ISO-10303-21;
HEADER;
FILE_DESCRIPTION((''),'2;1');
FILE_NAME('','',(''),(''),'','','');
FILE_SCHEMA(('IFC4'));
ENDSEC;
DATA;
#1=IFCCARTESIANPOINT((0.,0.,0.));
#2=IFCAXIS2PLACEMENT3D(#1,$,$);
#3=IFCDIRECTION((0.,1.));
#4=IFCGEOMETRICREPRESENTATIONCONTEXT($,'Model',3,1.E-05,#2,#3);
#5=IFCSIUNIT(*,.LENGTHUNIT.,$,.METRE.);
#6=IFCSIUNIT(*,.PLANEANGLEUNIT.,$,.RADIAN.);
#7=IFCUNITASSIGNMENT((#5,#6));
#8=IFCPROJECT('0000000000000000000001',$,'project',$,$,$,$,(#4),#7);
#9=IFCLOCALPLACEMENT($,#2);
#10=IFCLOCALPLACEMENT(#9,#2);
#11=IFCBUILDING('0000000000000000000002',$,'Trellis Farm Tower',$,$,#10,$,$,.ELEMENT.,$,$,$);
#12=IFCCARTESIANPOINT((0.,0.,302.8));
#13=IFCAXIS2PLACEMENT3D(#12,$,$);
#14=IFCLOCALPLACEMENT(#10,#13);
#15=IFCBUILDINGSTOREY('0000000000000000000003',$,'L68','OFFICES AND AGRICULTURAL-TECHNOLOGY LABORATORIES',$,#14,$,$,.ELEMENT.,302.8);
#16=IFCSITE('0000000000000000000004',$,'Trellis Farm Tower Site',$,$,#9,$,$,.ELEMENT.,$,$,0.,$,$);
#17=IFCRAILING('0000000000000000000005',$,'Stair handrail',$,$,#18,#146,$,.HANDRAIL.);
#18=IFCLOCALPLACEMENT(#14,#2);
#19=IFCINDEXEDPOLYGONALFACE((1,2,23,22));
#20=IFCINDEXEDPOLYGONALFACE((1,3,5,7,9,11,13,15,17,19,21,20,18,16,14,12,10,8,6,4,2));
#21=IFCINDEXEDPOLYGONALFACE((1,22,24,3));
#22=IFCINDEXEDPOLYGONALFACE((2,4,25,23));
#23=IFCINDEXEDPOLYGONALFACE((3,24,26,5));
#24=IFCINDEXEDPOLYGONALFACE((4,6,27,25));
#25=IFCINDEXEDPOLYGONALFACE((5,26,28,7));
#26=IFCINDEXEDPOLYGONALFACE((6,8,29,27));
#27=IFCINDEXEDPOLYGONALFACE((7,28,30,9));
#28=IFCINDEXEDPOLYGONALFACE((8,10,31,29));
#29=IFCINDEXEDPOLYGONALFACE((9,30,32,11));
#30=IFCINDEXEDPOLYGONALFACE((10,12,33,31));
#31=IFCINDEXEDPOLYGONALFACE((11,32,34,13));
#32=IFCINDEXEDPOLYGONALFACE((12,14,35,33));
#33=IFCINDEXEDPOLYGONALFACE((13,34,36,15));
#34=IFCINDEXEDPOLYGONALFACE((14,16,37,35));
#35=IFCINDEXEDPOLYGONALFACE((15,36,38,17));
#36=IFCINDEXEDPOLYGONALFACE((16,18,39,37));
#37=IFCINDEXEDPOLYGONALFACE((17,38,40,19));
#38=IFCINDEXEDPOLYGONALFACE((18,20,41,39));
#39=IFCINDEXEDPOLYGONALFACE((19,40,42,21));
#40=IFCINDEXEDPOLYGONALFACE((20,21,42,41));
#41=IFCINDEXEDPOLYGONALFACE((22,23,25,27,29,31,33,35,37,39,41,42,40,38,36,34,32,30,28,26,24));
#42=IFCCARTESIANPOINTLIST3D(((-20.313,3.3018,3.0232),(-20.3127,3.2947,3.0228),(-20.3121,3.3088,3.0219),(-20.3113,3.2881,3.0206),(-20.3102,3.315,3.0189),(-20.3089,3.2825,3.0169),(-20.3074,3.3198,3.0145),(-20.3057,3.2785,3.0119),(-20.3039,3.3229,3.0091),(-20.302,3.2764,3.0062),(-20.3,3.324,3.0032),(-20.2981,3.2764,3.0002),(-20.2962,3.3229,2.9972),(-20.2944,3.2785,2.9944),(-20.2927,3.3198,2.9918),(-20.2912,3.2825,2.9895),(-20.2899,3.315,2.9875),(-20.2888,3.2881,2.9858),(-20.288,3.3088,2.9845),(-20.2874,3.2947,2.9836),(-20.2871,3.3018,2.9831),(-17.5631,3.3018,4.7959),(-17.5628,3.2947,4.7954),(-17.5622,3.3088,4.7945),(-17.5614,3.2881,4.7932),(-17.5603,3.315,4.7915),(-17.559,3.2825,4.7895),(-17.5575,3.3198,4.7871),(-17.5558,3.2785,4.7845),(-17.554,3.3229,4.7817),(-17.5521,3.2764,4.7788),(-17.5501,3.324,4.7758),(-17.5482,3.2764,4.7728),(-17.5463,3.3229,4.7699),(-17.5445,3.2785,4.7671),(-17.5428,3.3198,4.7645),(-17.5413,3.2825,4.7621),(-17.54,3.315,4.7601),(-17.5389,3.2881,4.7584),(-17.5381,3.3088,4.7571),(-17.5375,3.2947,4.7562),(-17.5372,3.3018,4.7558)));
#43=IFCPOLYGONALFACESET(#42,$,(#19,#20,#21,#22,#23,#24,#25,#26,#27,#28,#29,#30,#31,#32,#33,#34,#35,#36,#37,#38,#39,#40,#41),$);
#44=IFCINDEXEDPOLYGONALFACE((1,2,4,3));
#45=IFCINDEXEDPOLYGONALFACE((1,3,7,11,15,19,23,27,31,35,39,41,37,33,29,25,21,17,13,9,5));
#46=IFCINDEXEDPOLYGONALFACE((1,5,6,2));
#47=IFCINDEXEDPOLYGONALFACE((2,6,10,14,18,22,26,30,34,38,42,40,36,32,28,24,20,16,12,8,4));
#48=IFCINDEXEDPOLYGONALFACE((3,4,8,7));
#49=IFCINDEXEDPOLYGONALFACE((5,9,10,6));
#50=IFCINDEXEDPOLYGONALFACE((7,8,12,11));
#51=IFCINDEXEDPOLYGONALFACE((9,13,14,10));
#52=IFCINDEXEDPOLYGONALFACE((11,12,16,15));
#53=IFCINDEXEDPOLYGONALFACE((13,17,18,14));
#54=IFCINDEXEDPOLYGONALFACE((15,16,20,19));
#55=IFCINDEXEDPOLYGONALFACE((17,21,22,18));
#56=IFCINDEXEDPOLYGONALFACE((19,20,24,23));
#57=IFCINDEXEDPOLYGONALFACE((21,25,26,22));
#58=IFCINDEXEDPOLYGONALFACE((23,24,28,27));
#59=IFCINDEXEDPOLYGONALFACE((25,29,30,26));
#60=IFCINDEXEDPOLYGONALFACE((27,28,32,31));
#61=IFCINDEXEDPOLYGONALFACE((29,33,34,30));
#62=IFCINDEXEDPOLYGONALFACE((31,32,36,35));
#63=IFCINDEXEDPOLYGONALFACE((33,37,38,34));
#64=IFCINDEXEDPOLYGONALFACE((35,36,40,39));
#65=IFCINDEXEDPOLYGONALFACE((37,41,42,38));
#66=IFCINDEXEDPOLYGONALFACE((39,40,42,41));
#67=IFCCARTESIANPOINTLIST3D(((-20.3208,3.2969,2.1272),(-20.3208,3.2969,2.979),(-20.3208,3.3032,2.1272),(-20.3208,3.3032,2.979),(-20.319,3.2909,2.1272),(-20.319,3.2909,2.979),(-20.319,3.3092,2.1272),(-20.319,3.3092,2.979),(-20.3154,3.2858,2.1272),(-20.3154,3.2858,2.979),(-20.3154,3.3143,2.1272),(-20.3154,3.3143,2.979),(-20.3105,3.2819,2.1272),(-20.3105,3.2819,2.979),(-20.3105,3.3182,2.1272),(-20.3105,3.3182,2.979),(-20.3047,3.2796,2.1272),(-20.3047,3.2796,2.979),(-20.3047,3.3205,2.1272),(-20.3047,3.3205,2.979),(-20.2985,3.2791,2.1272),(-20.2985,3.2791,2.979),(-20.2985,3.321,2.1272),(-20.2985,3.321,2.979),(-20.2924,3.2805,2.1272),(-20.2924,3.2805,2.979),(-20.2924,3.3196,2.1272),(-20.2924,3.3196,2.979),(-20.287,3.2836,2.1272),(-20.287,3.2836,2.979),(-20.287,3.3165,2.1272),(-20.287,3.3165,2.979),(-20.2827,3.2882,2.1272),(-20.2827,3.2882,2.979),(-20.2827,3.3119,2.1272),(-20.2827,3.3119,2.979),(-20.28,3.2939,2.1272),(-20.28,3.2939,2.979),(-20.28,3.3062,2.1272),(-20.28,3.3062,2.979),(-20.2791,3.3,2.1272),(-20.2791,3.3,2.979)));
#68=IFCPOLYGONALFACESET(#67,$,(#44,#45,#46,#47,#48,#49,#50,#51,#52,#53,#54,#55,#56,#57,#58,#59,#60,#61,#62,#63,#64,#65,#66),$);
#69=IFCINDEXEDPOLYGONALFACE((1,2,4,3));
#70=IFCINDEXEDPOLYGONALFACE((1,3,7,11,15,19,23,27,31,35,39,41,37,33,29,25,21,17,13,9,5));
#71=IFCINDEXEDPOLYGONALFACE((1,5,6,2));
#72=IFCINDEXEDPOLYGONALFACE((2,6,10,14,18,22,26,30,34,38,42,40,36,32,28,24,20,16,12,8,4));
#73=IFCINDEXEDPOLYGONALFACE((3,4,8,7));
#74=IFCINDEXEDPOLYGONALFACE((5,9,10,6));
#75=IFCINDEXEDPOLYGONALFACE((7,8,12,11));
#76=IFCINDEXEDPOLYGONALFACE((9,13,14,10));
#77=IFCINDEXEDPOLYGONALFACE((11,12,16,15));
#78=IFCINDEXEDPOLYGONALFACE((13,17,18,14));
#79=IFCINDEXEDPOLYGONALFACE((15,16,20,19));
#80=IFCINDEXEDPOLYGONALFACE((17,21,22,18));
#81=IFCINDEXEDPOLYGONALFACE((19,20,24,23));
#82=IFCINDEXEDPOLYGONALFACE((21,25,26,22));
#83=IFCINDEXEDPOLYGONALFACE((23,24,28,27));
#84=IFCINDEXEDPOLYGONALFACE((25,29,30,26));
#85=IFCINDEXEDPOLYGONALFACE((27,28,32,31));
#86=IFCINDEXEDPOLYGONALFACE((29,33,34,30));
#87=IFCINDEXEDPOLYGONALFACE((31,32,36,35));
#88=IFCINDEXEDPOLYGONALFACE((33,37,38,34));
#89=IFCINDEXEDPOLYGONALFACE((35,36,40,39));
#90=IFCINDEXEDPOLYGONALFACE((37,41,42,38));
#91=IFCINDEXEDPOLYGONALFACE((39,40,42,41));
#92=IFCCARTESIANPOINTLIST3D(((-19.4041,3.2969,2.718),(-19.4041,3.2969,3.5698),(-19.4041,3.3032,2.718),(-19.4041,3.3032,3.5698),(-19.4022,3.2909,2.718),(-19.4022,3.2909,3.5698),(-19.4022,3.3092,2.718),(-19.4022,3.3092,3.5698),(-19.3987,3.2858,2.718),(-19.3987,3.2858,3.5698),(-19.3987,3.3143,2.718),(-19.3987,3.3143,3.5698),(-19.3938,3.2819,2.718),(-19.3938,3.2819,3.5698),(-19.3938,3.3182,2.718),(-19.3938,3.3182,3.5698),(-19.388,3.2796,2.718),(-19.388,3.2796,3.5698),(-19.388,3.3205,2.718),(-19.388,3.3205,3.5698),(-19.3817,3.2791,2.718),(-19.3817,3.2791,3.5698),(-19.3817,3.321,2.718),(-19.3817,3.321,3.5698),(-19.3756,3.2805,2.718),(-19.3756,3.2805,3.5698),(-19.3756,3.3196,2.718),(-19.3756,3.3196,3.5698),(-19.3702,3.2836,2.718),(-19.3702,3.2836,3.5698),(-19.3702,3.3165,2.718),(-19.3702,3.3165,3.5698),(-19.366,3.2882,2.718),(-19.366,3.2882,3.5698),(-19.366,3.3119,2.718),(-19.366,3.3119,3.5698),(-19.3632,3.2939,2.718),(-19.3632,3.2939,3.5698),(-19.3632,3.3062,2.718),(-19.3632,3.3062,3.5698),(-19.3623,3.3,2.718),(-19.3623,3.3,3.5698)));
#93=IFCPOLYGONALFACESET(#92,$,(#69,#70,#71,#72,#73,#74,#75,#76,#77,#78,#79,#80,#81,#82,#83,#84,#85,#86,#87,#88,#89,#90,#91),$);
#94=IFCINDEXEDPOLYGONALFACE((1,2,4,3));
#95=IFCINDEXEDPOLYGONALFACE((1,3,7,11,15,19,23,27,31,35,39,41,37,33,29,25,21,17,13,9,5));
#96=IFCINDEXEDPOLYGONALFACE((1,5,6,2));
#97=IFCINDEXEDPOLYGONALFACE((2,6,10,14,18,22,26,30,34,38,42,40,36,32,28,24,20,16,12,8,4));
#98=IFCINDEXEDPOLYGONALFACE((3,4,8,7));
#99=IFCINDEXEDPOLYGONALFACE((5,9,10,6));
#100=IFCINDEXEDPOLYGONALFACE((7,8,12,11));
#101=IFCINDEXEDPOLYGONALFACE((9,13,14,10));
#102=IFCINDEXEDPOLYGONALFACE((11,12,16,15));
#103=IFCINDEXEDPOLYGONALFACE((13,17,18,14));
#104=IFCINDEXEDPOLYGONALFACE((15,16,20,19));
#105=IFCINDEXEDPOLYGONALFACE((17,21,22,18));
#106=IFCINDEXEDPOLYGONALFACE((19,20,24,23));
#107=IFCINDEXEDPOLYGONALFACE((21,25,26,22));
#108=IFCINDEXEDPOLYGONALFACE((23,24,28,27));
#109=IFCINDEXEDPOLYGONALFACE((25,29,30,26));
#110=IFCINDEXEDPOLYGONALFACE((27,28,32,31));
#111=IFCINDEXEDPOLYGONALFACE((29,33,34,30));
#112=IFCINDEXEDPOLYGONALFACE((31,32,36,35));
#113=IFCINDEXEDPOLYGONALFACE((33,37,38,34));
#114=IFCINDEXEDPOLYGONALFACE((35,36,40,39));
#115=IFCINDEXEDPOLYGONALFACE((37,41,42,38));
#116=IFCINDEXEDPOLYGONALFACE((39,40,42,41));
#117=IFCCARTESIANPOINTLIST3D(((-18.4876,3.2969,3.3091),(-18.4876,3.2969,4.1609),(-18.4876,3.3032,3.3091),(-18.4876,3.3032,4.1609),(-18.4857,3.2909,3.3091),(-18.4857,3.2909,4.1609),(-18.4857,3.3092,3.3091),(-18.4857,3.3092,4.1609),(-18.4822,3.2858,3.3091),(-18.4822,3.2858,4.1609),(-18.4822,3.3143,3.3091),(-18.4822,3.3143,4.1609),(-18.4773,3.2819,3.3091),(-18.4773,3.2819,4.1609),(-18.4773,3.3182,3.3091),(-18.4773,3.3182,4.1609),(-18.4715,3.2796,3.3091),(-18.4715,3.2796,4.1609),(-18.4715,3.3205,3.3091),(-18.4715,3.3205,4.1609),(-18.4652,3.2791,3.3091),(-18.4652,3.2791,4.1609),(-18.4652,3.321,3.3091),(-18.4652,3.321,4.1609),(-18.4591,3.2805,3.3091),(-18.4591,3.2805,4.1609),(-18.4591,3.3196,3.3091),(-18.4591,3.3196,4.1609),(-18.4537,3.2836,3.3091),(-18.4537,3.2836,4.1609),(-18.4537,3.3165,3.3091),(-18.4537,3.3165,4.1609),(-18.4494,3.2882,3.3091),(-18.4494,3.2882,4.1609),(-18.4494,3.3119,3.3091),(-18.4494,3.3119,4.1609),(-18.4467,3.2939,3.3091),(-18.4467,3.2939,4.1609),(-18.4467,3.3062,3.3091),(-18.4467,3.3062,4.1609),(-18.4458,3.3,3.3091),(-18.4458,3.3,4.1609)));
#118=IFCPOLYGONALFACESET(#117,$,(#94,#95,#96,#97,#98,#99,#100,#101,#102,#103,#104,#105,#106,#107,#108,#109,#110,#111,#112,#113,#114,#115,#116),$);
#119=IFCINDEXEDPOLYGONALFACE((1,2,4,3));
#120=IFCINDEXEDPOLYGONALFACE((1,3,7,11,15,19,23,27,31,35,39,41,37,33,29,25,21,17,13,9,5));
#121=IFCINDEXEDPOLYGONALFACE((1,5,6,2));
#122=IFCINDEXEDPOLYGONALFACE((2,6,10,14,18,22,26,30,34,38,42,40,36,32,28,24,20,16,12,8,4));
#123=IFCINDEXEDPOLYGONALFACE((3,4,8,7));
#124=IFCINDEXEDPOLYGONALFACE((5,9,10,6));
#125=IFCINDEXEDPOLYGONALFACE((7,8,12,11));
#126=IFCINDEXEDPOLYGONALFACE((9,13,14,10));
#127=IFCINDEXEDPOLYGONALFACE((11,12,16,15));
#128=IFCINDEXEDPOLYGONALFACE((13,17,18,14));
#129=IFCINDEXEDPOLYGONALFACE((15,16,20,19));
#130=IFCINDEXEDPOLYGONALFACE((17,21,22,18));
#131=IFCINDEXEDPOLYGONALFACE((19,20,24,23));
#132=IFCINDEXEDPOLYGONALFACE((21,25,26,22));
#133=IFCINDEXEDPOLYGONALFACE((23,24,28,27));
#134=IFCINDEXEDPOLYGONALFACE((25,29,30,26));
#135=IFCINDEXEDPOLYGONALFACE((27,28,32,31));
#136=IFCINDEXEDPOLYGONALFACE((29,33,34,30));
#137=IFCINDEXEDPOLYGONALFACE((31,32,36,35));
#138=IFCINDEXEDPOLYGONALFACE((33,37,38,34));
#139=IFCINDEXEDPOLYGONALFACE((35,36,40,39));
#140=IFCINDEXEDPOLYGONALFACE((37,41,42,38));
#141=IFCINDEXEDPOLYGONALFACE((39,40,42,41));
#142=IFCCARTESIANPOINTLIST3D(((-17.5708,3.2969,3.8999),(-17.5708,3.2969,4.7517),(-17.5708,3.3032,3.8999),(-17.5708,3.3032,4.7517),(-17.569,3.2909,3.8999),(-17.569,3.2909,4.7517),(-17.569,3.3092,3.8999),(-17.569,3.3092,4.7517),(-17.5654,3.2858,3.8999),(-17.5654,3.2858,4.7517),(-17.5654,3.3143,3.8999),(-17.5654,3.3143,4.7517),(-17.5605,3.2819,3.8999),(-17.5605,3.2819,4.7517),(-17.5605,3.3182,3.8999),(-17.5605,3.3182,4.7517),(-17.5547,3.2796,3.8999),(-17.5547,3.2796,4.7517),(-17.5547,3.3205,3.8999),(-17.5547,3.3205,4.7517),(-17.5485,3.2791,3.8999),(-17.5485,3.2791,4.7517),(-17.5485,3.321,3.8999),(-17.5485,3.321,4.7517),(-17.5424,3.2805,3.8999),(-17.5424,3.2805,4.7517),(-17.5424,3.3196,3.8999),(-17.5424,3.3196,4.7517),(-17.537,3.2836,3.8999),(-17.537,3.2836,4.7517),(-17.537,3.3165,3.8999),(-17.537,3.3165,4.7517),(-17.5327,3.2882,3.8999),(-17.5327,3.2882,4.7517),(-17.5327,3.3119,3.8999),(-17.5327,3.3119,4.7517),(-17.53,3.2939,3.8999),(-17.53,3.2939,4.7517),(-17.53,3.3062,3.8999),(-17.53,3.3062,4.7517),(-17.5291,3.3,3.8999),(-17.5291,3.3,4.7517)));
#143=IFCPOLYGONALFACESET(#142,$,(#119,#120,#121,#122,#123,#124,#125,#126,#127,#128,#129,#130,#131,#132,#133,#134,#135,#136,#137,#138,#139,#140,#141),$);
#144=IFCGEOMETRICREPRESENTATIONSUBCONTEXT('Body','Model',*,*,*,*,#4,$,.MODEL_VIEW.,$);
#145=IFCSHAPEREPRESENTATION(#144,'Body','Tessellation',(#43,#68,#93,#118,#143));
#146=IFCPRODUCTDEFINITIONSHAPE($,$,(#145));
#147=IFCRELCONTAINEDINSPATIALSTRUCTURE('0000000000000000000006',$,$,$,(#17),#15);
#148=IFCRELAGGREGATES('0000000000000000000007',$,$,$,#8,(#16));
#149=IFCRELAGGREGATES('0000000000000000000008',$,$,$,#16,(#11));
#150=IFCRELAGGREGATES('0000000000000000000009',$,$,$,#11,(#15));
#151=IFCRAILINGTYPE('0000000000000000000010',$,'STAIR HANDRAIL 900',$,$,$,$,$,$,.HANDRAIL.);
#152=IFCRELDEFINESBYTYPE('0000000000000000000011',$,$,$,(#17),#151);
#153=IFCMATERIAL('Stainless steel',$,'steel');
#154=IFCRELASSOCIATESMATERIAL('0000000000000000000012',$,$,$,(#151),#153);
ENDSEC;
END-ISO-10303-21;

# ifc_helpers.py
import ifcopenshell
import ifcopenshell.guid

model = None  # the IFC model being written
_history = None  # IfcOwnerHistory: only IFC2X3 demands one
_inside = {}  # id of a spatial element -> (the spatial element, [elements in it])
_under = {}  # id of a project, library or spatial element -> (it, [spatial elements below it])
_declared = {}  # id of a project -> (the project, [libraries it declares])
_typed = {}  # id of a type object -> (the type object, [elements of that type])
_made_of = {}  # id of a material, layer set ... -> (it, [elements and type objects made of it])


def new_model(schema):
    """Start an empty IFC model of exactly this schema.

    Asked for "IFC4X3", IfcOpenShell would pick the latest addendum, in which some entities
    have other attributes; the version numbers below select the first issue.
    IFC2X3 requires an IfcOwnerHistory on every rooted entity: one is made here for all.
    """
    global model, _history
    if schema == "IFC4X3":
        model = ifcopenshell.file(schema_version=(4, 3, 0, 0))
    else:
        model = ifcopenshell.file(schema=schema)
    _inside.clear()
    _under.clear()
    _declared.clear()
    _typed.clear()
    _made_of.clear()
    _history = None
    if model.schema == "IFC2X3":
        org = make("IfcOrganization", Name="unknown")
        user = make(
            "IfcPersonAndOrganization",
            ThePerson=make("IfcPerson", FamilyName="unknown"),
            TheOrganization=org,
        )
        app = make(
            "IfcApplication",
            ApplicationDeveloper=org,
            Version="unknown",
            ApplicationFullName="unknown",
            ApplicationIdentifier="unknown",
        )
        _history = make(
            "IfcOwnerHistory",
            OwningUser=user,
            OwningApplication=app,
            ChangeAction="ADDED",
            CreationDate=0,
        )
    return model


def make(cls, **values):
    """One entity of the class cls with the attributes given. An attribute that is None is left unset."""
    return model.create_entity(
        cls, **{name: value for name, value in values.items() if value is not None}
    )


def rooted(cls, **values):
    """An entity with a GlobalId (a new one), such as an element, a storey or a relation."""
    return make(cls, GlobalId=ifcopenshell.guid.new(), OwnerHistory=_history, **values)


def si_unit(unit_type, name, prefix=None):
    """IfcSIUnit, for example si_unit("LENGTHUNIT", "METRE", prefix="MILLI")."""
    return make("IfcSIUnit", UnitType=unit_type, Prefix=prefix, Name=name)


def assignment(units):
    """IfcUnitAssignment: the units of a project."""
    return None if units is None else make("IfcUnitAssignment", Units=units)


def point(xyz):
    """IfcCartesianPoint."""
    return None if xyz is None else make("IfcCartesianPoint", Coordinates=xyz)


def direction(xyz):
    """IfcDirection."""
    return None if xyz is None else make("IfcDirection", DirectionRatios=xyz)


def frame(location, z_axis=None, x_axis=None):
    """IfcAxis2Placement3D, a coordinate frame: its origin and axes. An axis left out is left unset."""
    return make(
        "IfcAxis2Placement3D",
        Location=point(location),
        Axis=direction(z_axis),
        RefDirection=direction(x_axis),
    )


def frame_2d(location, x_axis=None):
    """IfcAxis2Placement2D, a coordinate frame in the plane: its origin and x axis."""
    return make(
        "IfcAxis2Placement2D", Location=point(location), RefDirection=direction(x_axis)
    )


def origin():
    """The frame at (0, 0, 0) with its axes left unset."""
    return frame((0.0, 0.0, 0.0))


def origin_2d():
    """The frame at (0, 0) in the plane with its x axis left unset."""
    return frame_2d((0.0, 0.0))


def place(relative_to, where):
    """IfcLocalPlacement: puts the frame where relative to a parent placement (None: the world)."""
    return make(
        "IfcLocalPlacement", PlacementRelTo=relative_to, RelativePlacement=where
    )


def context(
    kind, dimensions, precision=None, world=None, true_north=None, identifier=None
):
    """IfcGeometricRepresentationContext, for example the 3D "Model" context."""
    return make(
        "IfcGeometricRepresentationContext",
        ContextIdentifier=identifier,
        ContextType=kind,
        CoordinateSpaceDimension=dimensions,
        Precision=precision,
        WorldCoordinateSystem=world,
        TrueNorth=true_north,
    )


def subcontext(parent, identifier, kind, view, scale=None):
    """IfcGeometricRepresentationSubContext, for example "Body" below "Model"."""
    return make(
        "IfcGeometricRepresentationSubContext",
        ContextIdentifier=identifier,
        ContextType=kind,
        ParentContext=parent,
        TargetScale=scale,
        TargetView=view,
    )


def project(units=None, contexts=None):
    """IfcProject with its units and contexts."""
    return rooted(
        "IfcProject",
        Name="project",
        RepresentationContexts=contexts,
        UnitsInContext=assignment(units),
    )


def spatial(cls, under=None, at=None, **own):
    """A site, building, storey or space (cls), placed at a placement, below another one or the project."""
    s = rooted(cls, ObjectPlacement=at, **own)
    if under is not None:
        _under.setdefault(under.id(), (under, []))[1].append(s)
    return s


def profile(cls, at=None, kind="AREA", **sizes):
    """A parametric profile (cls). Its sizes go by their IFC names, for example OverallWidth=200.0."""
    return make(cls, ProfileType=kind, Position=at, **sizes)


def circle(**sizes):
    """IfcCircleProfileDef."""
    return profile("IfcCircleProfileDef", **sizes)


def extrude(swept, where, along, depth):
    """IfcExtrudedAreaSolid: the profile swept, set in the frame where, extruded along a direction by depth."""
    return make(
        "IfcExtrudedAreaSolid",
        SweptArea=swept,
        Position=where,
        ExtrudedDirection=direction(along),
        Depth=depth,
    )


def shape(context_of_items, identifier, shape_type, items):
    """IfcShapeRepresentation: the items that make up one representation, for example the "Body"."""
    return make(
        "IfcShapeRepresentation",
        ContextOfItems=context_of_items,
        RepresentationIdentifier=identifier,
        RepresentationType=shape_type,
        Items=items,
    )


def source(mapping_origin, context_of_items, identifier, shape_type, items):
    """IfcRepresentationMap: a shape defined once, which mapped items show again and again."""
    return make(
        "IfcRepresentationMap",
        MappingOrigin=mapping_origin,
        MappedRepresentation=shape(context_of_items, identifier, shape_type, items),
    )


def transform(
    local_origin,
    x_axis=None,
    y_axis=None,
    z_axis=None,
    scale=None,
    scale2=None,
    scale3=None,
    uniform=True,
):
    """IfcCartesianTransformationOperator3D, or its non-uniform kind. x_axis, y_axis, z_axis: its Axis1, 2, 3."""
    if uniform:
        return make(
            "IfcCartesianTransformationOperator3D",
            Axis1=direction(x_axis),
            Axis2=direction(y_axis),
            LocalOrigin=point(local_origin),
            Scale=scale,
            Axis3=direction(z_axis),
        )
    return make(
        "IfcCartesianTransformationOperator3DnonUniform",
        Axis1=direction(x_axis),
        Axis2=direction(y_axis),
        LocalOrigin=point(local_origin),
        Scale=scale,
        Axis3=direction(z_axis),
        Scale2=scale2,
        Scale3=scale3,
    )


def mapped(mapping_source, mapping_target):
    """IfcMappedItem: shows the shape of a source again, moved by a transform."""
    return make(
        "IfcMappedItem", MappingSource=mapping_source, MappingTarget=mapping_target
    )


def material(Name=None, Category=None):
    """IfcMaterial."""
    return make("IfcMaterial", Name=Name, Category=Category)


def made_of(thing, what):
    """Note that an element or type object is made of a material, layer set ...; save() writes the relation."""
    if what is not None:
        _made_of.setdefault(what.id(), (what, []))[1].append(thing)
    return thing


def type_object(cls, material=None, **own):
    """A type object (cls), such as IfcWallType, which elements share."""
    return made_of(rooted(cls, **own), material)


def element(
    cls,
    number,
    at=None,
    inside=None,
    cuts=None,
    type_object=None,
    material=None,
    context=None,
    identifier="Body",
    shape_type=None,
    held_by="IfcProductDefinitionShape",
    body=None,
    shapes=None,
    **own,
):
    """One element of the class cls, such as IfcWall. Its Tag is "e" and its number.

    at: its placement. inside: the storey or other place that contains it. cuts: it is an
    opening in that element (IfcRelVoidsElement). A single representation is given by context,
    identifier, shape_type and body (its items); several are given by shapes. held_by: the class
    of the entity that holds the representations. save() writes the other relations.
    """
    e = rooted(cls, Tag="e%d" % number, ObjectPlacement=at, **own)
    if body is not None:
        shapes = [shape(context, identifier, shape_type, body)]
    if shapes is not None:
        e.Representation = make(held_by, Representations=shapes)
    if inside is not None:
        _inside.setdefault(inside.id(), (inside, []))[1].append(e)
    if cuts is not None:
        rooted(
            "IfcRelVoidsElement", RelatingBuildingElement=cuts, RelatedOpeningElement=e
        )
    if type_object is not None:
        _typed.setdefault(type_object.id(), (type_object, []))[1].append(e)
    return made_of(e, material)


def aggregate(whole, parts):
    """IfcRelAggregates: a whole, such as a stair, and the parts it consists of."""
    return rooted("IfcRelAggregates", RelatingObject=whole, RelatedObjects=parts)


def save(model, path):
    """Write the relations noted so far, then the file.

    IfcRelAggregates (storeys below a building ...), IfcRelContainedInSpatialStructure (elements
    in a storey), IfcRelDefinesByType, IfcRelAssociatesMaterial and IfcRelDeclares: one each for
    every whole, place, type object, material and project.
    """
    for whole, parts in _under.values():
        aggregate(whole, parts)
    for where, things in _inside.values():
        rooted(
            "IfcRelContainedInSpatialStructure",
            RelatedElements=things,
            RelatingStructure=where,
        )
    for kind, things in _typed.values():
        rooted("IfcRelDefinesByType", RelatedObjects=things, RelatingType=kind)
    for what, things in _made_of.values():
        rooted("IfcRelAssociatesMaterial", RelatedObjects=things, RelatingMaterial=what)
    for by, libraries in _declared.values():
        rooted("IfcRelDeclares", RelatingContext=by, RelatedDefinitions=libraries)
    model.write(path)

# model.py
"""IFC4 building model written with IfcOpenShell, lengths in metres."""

from ifc_helpers import new_model, si_unit, direction, frame, origin, origin_2d, place, context, subcontext, project, spatial, circle, extrude, source, transform, mapped, material, type_object, element, save


model = new_model("IFC4")

# Units and contexts
model_context = context("Model", 3, precision=1e-05, world=origin(), true_north=direction((0.0, 1.0)))
body_context = subcontext(model_context, "Body", "Model", "MODEL_VIEW")
ifc_project = project(units=[si_unit("LENGTHUNIT", "METRE"), si_unit("PLANEANGLEUNIT", "RADIAN")], contexts=[model_context])

# Site, building, storey
site_placement = place(None, origin())
site = spatial("IfcSite", under=ifc_project, at=site_placement, Name="Trellis Farm Tower Site", CompositionType="ELEMENT", RefElevation=0.0)
building_placement = place(site_placement, origin())
building = spatial("IfcBuilding", under=site, at=building_placement, Name="Trellis Farm Tower", CompositionType="ELEMENT")
storey_placement = place(building_placement, frame((0.0, 0.0, 302.8)))
storey = spatial("IfcBuildingStorey", under=building, at=storey_placement, Name="L68", Description="OFFICES AND AGRICULTURAL-TECHNOLOGY LABORATORIES", CompositionType="ELEMENT", Elevation=302.8)

# Railing
ifc_material_1 = material(Name="Stainless steel", Category="steel")
railing_type = type_object("IfcRailingType", Name="STAIR HANDRAIL 900", PredefinedType="HANDRAIL", material=ifc_material_1)
shared_shape_1 = source(origin(), body_context, "Body", "SweptSolid", [
    extrude(circle(Radius=0.0239, at=origin_2d()), frame((0.0, 0.0, 0.876), z_axis=(0.840504, 0.0, 0.541806), x_axis=(0.0, 1.0, 0.0)), (0.0, 0.0, 1.0), 3.2717),
    extrude(circle(Radius=0.021, at=origin_2d()), origin(), (0.0, 0.0, 1.0), 0.8518),
    extrude(circle(Radius=0.021, at=origin_2d()), frame((0.9167, 0.0, 0.5908)), (0.0, 0.0, 1.0), 0.8518),
    extrude(circle(Radius=0.021, at=origin_2d()), frame((1.8333, 0.0, 1.1819)), (0.0, 0.0, 1.0), 0.8518),
    extrude(circle(Radius=0.021, at=origin_2d()), frame((2.75, 0.0, 1.7727)), (0.0, 0.0, 1.0), 0.8518),
])
for number, where, name in (
    (1, (-20.3, 3.3, 2.1272), "Stair handrail"),
):
    element("IfcRailing", number, at=place(storey_placement, frame(where)), inside=storey, type_object=railing_type, Name=name, PredefinedType="HANDRAIL", context=body_context, shape_type="MappedRepresentation", body=[
        mapped(shared_shape_1, transform((0.0, 0.0, 0.0))),
    ])

save(model, "model.ifc")
